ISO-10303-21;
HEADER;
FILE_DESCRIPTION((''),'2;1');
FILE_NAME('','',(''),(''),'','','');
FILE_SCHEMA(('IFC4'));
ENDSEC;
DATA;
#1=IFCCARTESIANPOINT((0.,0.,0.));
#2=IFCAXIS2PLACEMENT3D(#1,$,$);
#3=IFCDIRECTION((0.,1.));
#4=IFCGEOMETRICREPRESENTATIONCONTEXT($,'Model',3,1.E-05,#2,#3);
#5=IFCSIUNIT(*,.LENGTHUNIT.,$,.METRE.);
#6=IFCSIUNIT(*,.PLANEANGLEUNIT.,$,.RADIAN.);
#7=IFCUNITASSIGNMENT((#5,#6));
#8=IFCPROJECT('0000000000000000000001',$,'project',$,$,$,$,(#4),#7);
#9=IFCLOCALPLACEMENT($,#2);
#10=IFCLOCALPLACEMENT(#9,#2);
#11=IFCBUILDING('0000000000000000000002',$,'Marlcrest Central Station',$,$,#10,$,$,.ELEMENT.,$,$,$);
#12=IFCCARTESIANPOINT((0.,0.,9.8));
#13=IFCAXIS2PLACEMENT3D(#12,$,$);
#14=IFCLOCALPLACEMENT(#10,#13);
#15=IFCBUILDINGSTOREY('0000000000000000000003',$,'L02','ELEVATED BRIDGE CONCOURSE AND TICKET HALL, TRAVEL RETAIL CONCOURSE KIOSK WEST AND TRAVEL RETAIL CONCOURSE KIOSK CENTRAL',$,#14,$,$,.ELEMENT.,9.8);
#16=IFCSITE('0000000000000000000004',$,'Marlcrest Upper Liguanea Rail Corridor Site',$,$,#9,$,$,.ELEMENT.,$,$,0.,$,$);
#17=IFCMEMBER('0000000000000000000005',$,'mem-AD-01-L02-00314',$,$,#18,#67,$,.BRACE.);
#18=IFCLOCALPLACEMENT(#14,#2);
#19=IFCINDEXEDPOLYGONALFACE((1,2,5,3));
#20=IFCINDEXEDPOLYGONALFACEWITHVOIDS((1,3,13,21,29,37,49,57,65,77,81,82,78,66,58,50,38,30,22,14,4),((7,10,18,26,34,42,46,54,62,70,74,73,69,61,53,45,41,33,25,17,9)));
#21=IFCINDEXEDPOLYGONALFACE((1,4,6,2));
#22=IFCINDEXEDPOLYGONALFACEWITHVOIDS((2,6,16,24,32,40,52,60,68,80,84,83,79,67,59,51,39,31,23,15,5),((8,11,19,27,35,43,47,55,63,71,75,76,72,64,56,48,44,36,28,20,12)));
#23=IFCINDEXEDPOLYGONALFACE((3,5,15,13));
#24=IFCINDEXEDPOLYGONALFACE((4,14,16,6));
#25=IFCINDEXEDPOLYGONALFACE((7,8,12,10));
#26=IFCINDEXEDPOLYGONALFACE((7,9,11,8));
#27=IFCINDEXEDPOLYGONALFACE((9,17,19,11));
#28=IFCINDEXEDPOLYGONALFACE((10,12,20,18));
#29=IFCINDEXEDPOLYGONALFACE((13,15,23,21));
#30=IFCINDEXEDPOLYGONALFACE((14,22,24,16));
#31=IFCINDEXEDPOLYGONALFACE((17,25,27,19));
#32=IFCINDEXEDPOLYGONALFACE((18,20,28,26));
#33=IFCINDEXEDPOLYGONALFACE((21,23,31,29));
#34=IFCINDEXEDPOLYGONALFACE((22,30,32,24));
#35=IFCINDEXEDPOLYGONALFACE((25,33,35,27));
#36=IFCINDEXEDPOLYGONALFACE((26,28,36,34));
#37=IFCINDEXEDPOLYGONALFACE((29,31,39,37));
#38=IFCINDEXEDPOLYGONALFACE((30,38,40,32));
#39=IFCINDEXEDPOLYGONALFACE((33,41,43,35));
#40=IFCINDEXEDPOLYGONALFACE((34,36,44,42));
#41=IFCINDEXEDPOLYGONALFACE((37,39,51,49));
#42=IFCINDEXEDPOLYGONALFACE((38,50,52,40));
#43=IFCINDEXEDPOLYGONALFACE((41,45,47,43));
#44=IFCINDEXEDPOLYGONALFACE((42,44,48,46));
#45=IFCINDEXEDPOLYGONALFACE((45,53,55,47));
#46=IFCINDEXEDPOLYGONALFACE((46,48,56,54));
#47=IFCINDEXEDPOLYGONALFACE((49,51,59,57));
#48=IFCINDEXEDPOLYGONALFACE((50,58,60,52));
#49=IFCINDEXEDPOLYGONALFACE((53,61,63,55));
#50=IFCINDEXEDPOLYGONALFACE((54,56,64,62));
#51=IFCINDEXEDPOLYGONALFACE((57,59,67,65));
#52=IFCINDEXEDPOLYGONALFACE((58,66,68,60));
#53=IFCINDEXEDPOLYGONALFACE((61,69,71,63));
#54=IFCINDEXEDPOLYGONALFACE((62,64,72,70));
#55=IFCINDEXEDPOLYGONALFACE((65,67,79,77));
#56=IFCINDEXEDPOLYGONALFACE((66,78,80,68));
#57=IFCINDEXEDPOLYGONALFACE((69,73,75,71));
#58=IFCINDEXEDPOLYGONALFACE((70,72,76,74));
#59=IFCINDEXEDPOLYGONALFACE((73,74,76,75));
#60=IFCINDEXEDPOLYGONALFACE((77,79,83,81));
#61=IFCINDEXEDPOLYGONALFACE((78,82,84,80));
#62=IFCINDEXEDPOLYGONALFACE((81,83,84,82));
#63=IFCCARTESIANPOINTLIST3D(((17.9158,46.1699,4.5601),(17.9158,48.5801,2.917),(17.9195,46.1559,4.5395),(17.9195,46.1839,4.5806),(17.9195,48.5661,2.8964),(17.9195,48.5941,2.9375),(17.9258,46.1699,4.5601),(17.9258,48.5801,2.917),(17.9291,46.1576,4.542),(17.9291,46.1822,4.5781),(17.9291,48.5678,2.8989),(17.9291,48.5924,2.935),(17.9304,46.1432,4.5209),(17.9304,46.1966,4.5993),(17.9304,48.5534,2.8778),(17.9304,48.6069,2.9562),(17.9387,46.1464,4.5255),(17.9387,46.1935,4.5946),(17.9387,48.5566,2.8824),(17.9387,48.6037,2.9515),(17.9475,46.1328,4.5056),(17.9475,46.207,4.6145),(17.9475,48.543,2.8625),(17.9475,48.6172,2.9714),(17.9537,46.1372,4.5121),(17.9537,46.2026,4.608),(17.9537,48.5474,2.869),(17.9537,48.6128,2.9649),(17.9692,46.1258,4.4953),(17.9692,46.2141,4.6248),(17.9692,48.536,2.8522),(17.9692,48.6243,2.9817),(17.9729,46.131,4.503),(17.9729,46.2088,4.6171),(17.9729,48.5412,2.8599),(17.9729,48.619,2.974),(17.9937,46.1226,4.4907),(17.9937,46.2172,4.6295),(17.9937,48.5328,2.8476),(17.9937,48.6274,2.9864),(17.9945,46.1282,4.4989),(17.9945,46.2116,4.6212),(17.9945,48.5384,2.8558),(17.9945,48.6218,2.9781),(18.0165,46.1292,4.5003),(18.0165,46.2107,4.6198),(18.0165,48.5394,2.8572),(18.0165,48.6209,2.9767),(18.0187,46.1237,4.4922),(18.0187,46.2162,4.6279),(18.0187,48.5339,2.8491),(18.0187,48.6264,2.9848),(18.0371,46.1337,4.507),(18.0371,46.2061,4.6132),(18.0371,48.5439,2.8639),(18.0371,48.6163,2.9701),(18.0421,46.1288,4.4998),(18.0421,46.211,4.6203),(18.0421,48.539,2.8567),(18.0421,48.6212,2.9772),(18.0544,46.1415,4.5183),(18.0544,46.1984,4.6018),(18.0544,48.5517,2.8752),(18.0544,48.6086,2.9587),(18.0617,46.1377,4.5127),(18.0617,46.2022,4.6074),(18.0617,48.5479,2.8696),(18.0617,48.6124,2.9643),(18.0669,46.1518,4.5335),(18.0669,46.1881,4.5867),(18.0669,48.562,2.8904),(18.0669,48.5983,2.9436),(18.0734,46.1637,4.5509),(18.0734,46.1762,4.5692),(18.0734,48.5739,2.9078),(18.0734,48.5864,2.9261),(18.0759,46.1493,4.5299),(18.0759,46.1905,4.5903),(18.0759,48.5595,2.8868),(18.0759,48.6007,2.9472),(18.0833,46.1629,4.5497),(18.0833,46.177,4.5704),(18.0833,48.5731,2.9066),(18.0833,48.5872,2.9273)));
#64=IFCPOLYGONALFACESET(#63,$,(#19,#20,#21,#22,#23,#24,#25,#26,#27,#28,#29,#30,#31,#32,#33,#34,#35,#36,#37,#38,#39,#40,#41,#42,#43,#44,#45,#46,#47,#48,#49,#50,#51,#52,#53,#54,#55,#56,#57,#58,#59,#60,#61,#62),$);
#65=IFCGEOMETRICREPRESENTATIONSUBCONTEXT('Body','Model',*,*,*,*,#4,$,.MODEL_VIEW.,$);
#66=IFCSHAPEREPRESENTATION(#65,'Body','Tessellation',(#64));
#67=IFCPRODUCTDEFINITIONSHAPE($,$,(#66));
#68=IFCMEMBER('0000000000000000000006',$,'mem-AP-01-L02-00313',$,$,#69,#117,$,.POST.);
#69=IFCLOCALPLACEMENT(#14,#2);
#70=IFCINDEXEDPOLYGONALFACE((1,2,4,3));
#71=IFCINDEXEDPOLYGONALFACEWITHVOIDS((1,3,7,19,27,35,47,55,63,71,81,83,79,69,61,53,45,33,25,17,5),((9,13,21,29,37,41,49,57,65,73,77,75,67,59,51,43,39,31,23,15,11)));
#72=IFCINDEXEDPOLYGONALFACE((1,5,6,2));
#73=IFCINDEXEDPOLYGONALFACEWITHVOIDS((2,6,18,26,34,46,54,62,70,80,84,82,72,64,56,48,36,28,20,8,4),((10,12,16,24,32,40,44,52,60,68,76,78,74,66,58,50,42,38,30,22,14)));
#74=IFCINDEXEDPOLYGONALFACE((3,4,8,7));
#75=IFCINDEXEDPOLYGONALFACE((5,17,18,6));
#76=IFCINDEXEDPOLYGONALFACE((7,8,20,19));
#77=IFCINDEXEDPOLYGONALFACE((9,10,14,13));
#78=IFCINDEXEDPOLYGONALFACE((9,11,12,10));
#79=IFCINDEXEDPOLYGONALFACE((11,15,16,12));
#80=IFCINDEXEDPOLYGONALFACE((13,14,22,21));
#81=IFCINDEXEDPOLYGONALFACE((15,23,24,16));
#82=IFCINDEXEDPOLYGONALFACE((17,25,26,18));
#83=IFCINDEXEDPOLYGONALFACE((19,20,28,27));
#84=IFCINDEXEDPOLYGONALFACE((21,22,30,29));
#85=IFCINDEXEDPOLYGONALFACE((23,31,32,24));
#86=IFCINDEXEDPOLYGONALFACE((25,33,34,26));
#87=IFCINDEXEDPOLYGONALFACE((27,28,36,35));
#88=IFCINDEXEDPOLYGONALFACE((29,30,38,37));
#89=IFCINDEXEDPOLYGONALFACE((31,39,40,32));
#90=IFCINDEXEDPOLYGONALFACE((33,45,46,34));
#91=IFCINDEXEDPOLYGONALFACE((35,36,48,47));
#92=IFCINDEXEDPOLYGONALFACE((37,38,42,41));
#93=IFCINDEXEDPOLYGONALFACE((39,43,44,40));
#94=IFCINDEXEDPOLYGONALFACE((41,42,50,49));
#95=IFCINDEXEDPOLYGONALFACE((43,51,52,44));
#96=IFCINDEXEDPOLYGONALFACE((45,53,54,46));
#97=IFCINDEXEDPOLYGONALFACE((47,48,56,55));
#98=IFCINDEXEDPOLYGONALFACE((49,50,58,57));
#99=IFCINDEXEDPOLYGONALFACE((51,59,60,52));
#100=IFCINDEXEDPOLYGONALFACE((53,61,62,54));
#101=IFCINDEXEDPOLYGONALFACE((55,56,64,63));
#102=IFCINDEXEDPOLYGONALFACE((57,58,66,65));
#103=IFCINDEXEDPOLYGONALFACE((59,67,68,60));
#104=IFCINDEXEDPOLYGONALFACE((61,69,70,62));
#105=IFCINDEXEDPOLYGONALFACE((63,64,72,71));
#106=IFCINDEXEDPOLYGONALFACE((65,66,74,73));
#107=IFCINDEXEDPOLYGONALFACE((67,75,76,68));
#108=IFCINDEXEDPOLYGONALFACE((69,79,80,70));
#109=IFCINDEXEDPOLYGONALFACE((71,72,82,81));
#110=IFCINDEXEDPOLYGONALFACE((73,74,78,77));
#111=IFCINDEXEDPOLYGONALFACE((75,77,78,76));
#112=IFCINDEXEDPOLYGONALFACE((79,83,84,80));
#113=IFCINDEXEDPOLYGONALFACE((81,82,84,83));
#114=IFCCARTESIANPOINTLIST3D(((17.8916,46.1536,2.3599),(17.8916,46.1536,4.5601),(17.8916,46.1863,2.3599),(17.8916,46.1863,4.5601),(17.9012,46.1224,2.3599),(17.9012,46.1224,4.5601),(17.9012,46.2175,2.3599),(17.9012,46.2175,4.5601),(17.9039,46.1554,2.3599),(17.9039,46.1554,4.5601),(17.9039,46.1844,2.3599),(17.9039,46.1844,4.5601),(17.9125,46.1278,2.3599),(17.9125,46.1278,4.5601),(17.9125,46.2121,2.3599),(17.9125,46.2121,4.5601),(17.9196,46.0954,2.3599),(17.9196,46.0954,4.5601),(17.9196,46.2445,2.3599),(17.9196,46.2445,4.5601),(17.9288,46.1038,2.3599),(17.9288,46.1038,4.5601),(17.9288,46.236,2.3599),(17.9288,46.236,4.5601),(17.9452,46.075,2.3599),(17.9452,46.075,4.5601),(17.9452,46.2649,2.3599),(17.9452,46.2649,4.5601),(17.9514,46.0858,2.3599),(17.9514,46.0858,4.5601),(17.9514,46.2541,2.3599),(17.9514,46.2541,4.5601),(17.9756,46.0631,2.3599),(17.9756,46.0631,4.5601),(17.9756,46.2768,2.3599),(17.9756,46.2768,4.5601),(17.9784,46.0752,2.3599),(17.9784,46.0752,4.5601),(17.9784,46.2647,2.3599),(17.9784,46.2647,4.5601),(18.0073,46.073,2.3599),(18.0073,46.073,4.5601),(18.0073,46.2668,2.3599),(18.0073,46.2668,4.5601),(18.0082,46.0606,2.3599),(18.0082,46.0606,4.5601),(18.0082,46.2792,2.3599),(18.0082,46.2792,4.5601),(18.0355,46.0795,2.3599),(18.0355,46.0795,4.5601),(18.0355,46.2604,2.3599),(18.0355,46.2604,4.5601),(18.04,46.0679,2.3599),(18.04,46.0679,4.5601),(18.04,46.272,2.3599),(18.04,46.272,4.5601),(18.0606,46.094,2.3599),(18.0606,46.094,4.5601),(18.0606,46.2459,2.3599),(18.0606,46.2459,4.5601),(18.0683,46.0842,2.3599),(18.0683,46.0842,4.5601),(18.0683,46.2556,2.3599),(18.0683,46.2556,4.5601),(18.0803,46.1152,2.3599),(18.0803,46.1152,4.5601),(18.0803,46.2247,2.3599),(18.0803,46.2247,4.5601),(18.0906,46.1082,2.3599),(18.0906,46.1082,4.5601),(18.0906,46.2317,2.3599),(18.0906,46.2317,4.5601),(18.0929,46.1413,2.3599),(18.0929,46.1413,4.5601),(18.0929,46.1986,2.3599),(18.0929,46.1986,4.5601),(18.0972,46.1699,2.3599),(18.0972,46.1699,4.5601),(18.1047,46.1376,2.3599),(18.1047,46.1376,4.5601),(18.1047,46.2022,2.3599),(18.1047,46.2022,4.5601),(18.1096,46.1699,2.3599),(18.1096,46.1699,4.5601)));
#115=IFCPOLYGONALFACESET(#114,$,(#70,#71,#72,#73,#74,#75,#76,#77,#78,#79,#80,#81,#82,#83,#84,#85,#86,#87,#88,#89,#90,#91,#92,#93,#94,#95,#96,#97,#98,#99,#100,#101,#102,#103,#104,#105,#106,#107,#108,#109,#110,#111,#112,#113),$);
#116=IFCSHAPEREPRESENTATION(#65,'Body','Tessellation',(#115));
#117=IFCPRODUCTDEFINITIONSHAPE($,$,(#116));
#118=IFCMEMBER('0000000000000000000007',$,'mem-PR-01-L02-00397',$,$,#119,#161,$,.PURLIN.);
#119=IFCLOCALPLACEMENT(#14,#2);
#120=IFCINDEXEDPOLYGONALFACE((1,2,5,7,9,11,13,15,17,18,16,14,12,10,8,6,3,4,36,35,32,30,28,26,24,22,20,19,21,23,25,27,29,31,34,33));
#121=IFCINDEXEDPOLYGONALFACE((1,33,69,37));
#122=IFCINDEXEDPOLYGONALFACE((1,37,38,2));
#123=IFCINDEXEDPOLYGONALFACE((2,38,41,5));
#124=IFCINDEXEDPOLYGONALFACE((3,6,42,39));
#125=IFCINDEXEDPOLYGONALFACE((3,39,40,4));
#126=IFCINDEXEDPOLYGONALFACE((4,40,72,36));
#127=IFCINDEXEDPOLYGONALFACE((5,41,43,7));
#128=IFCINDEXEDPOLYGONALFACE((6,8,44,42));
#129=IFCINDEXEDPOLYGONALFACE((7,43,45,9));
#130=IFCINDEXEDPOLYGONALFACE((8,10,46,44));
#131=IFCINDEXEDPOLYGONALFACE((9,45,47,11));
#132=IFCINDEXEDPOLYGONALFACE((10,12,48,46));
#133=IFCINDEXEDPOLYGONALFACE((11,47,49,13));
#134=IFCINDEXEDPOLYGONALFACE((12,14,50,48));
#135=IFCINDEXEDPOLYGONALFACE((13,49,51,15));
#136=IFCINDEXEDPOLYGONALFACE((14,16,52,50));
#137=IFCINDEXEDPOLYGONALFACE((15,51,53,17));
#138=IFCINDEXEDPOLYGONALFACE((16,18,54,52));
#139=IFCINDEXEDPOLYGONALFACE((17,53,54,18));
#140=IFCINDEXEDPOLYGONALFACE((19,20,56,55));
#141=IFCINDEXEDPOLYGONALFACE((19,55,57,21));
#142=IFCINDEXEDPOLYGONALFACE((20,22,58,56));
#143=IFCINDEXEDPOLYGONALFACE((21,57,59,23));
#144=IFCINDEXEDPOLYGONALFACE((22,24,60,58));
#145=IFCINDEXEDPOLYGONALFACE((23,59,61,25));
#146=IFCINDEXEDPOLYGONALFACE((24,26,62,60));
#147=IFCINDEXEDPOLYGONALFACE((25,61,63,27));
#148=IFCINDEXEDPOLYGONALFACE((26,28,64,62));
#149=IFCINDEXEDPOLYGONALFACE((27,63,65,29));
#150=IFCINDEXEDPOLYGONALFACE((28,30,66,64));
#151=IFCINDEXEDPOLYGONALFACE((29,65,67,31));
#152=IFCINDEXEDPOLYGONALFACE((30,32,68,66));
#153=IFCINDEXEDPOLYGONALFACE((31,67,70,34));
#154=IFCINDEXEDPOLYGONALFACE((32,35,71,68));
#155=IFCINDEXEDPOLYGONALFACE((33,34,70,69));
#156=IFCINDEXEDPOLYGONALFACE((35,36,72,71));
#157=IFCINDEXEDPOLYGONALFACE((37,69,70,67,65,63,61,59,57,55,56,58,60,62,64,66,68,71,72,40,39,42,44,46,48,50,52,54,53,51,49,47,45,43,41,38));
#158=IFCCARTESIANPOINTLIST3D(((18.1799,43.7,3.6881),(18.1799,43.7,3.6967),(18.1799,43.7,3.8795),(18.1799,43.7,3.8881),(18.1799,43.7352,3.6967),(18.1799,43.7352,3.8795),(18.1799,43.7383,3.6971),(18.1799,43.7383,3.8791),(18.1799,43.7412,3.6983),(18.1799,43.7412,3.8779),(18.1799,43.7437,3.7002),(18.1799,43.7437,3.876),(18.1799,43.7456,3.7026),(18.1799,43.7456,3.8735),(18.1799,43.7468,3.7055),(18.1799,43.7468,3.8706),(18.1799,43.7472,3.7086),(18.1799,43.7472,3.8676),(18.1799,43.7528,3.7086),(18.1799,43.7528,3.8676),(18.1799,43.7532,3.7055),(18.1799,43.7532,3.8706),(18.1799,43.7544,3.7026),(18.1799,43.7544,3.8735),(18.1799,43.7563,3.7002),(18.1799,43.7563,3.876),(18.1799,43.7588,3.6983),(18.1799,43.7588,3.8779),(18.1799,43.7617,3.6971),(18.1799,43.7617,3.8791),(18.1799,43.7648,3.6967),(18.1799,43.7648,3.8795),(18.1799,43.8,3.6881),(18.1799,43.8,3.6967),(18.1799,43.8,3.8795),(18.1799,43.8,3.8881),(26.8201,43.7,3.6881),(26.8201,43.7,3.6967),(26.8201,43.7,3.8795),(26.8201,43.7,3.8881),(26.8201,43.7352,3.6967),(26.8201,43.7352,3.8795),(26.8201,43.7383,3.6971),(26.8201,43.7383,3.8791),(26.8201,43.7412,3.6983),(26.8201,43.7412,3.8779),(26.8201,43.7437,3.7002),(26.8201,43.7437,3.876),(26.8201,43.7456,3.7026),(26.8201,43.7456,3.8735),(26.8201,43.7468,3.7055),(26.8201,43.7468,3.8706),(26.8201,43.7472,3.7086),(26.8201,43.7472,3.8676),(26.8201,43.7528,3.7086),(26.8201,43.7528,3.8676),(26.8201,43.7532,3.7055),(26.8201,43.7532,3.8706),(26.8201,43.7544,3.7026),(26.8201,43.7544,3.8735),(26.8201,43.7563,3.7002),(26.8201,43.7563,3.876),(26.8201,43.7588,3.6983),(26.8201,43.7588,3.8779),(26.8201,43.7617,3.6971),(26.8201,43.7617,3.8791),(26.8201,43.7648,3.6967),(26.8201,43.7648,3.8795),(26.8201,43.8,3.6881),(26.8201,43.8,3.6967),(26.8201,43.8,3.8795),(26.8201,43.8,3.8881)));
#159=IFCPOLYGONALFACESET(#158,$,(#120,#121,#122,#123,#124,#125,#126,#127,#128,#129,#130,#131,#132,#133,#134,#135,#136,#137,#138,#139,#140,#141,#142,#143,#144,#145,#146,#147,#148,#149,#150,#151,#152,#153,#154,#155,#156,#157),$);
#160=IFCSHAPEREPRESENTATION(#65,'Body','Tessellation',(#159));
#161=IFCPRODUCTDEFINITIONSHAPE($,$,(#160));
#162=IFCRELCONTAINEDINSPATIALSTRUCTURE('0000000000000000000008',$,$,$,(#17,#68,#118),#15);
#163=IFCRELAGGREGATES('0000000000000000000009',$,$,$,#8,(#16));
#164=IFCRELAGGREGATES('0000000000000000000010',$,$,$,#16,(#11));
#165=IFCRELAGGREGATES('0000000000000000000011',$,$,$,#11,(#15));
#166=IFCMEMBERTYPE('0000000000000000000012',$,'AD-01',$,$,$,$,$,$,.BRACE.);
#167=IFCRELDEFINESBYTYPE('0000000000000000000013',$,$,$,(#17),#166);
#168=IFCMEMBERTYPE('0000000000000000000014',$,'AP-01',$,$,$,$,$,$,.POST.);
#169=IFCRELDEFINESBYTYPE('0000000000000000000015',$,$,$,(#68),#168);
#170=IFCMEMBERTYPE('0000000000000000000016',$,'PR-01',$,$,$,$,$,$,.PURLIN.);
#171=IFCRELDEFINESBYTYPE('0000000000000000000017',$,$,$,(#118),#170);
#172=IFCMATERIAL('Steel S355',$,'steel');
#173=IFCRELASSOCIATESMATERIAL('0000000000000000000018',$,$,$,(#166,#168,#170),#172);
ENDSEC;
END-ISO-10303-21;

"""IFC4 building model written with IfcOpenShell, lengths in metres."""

from ifc_helpers import new_model, si_unit, direction, frame, origin, origin_2d, place, context, subcontext, project, spatial, hollow_circle, i_section, extrude, material, material_profile, profile_set, type_object, element, save


model = new_model("IFC4")

# Units and contexts
model_context = context("Model", 3, precision=1e-05, world=origin(), true_north=direction((0.0, 1.0)))
body_context = subcontext(model_context, "Body", "Model", "MODEL_VIEW")
ifc_project = project(units=[si_unit("LENGTHUNIT", "METRE"), si_unit("PLANEANGLEUNIT", "RADIAN")], contexts=[model_context])

# Site, building, storey
site_placement = place(None, origin())
site = spatial("IfcSite", under=ifc_project, at=site_placement, Name="Marlcrest Upper Liguanea Rail Corridor Site", CompositionType="ELEMENT", RefElevation=0.0)
building_placement = place(site_placement, origin())
building = spatial("IfcBuilding", under=site, at=building_placement, Name="Marlcrest Central Station", CompositionType="ELEMENT")
storey_placement = place(building_placement, frame((0.0, 0.0, 9.8)))
storey = spatial("IfcBuildingStorey", under=building, at=storey_placement, Name="L02", Description="ELEVATED BRIDGE CONCOURSE AND TICKET HALL, TRAVEL RETAIL CONCOURSE KIOSK WEST AND TRAVEL RETAIL CONCOURSE KIOSK CENTRAL", CompositionType="ELEMENT", Elevation=9.8)

# Members
ifc_material_1 = material(Name="Steel S355", Category="steel")
ifc_material_profile_1 = material_profile(ifc_material_1, hollow_circle(Radius=0.0842, WallThickness=0.01, at=origin_2d()), Name="CHS 168.3x10")
ifc_profile_set_1 = profile_set([ifc_material_profile_1], Name="Steel S355")
member_type_1 = type_object("IfcMemberType", Name="AD-01", PredefinedType="BRACE", material=ifc_profile_set_1)
member_1_placement = place(storey_placement, frame((18.0, 46.1699, 4.5601), z_axis=(0.0, 0.826263, -0.563285), x_axis=(-1.0, 0.0, 0.0)))
element("IfcMember", 1, at=member_1_placement, inside=storey, type_object=member_type_1, Name="mem-AD-01-L02-00314", PredefinedType="BRACE", context=body_context, shape_type="SweptSolid", body=[
    extrude(hollow_circle(Radius=0.0842, WallThickness=0.01, at=origin_2d()), origin(), (0.0, 0.0, 1.0), 2.917),
])
ifc_material_profile_2 = material_profile(ifc_material_1, hollow_circle(Radius=0.1096, WallThickness=0.0125, at=origin_2d()), Name="CHS 219.1x12.5")
ifc_profile_set_2 = profile_set([ifc_material_profile_2], Name="Steel S355")
member_type_2 = type_object("IfcMemberType", Name="AP-01", PredefinedType="POST", material=ifc_profile_set_2)
member_2_placement = place(storey_placement, frame((18.0, 46.1699, 2.3599), z_axis=(0.0, 0.0, 1.0), x_axis=(1.0, 0.0, 0.0)))
element("IfcMember", 2, at=member_2_placement, inside=storey, type_object=member_type_2, Name="mem-AP-01-L02-00313", PredefinedType="POST", context=body_context, shape_type="SweptSolid", body=[
    extrude(hollow_circle(Radius=0.1096, WallThickness=0.0125, at=origin_2d()), origin(), (0.0, 0.0, 1.0), 2.2002),
])
ifc_material_profile_3 = material_profile(ifc_material_1, i_section(OverallWidth=0.1001, OverallDepth=0.2, WebThickness=0.0056, FlangeThickness=0.0085, FilletRadius=0.012, at=origin_2d()), Name="IPE 200")
ifc_profile_set_3 = profile_set([ifc_material_profile_3], Name="Steel S355")
member_type_3 = type_object("IfcMemberType", Name="PR-01", PredefinedType="PURLIN", material=ifc_profile_set_3)
for number, where, z_axis, x_axis, name in (
    (3, (18.1799, 43.75, 3.7881), (1.0, 0.0, 0.0), (0.0, 1.0, 0.0), "mem-PR-01-L02-00397"),
):
    element("IfcMember", number, at=place(storey_placement, frame(where, z_axis=z_axis, x_axis=x_axis)), inside=storey, type_object=member_type_3, Name=name, PredefinedType="PURLIN", context=body_context, shape_type="SweptSolid", body=[
        extrude(i_section(OverallWidth=0.1001, OverallDepth=0.2, WebThickness=0.0056, FlangeThickness=0.0085, FilletRadius=0.012, at=origin_2d()), origin(), (0.0, 0.0, 1.0), 8.6401),
    ])

save(model, "model.ifc")
